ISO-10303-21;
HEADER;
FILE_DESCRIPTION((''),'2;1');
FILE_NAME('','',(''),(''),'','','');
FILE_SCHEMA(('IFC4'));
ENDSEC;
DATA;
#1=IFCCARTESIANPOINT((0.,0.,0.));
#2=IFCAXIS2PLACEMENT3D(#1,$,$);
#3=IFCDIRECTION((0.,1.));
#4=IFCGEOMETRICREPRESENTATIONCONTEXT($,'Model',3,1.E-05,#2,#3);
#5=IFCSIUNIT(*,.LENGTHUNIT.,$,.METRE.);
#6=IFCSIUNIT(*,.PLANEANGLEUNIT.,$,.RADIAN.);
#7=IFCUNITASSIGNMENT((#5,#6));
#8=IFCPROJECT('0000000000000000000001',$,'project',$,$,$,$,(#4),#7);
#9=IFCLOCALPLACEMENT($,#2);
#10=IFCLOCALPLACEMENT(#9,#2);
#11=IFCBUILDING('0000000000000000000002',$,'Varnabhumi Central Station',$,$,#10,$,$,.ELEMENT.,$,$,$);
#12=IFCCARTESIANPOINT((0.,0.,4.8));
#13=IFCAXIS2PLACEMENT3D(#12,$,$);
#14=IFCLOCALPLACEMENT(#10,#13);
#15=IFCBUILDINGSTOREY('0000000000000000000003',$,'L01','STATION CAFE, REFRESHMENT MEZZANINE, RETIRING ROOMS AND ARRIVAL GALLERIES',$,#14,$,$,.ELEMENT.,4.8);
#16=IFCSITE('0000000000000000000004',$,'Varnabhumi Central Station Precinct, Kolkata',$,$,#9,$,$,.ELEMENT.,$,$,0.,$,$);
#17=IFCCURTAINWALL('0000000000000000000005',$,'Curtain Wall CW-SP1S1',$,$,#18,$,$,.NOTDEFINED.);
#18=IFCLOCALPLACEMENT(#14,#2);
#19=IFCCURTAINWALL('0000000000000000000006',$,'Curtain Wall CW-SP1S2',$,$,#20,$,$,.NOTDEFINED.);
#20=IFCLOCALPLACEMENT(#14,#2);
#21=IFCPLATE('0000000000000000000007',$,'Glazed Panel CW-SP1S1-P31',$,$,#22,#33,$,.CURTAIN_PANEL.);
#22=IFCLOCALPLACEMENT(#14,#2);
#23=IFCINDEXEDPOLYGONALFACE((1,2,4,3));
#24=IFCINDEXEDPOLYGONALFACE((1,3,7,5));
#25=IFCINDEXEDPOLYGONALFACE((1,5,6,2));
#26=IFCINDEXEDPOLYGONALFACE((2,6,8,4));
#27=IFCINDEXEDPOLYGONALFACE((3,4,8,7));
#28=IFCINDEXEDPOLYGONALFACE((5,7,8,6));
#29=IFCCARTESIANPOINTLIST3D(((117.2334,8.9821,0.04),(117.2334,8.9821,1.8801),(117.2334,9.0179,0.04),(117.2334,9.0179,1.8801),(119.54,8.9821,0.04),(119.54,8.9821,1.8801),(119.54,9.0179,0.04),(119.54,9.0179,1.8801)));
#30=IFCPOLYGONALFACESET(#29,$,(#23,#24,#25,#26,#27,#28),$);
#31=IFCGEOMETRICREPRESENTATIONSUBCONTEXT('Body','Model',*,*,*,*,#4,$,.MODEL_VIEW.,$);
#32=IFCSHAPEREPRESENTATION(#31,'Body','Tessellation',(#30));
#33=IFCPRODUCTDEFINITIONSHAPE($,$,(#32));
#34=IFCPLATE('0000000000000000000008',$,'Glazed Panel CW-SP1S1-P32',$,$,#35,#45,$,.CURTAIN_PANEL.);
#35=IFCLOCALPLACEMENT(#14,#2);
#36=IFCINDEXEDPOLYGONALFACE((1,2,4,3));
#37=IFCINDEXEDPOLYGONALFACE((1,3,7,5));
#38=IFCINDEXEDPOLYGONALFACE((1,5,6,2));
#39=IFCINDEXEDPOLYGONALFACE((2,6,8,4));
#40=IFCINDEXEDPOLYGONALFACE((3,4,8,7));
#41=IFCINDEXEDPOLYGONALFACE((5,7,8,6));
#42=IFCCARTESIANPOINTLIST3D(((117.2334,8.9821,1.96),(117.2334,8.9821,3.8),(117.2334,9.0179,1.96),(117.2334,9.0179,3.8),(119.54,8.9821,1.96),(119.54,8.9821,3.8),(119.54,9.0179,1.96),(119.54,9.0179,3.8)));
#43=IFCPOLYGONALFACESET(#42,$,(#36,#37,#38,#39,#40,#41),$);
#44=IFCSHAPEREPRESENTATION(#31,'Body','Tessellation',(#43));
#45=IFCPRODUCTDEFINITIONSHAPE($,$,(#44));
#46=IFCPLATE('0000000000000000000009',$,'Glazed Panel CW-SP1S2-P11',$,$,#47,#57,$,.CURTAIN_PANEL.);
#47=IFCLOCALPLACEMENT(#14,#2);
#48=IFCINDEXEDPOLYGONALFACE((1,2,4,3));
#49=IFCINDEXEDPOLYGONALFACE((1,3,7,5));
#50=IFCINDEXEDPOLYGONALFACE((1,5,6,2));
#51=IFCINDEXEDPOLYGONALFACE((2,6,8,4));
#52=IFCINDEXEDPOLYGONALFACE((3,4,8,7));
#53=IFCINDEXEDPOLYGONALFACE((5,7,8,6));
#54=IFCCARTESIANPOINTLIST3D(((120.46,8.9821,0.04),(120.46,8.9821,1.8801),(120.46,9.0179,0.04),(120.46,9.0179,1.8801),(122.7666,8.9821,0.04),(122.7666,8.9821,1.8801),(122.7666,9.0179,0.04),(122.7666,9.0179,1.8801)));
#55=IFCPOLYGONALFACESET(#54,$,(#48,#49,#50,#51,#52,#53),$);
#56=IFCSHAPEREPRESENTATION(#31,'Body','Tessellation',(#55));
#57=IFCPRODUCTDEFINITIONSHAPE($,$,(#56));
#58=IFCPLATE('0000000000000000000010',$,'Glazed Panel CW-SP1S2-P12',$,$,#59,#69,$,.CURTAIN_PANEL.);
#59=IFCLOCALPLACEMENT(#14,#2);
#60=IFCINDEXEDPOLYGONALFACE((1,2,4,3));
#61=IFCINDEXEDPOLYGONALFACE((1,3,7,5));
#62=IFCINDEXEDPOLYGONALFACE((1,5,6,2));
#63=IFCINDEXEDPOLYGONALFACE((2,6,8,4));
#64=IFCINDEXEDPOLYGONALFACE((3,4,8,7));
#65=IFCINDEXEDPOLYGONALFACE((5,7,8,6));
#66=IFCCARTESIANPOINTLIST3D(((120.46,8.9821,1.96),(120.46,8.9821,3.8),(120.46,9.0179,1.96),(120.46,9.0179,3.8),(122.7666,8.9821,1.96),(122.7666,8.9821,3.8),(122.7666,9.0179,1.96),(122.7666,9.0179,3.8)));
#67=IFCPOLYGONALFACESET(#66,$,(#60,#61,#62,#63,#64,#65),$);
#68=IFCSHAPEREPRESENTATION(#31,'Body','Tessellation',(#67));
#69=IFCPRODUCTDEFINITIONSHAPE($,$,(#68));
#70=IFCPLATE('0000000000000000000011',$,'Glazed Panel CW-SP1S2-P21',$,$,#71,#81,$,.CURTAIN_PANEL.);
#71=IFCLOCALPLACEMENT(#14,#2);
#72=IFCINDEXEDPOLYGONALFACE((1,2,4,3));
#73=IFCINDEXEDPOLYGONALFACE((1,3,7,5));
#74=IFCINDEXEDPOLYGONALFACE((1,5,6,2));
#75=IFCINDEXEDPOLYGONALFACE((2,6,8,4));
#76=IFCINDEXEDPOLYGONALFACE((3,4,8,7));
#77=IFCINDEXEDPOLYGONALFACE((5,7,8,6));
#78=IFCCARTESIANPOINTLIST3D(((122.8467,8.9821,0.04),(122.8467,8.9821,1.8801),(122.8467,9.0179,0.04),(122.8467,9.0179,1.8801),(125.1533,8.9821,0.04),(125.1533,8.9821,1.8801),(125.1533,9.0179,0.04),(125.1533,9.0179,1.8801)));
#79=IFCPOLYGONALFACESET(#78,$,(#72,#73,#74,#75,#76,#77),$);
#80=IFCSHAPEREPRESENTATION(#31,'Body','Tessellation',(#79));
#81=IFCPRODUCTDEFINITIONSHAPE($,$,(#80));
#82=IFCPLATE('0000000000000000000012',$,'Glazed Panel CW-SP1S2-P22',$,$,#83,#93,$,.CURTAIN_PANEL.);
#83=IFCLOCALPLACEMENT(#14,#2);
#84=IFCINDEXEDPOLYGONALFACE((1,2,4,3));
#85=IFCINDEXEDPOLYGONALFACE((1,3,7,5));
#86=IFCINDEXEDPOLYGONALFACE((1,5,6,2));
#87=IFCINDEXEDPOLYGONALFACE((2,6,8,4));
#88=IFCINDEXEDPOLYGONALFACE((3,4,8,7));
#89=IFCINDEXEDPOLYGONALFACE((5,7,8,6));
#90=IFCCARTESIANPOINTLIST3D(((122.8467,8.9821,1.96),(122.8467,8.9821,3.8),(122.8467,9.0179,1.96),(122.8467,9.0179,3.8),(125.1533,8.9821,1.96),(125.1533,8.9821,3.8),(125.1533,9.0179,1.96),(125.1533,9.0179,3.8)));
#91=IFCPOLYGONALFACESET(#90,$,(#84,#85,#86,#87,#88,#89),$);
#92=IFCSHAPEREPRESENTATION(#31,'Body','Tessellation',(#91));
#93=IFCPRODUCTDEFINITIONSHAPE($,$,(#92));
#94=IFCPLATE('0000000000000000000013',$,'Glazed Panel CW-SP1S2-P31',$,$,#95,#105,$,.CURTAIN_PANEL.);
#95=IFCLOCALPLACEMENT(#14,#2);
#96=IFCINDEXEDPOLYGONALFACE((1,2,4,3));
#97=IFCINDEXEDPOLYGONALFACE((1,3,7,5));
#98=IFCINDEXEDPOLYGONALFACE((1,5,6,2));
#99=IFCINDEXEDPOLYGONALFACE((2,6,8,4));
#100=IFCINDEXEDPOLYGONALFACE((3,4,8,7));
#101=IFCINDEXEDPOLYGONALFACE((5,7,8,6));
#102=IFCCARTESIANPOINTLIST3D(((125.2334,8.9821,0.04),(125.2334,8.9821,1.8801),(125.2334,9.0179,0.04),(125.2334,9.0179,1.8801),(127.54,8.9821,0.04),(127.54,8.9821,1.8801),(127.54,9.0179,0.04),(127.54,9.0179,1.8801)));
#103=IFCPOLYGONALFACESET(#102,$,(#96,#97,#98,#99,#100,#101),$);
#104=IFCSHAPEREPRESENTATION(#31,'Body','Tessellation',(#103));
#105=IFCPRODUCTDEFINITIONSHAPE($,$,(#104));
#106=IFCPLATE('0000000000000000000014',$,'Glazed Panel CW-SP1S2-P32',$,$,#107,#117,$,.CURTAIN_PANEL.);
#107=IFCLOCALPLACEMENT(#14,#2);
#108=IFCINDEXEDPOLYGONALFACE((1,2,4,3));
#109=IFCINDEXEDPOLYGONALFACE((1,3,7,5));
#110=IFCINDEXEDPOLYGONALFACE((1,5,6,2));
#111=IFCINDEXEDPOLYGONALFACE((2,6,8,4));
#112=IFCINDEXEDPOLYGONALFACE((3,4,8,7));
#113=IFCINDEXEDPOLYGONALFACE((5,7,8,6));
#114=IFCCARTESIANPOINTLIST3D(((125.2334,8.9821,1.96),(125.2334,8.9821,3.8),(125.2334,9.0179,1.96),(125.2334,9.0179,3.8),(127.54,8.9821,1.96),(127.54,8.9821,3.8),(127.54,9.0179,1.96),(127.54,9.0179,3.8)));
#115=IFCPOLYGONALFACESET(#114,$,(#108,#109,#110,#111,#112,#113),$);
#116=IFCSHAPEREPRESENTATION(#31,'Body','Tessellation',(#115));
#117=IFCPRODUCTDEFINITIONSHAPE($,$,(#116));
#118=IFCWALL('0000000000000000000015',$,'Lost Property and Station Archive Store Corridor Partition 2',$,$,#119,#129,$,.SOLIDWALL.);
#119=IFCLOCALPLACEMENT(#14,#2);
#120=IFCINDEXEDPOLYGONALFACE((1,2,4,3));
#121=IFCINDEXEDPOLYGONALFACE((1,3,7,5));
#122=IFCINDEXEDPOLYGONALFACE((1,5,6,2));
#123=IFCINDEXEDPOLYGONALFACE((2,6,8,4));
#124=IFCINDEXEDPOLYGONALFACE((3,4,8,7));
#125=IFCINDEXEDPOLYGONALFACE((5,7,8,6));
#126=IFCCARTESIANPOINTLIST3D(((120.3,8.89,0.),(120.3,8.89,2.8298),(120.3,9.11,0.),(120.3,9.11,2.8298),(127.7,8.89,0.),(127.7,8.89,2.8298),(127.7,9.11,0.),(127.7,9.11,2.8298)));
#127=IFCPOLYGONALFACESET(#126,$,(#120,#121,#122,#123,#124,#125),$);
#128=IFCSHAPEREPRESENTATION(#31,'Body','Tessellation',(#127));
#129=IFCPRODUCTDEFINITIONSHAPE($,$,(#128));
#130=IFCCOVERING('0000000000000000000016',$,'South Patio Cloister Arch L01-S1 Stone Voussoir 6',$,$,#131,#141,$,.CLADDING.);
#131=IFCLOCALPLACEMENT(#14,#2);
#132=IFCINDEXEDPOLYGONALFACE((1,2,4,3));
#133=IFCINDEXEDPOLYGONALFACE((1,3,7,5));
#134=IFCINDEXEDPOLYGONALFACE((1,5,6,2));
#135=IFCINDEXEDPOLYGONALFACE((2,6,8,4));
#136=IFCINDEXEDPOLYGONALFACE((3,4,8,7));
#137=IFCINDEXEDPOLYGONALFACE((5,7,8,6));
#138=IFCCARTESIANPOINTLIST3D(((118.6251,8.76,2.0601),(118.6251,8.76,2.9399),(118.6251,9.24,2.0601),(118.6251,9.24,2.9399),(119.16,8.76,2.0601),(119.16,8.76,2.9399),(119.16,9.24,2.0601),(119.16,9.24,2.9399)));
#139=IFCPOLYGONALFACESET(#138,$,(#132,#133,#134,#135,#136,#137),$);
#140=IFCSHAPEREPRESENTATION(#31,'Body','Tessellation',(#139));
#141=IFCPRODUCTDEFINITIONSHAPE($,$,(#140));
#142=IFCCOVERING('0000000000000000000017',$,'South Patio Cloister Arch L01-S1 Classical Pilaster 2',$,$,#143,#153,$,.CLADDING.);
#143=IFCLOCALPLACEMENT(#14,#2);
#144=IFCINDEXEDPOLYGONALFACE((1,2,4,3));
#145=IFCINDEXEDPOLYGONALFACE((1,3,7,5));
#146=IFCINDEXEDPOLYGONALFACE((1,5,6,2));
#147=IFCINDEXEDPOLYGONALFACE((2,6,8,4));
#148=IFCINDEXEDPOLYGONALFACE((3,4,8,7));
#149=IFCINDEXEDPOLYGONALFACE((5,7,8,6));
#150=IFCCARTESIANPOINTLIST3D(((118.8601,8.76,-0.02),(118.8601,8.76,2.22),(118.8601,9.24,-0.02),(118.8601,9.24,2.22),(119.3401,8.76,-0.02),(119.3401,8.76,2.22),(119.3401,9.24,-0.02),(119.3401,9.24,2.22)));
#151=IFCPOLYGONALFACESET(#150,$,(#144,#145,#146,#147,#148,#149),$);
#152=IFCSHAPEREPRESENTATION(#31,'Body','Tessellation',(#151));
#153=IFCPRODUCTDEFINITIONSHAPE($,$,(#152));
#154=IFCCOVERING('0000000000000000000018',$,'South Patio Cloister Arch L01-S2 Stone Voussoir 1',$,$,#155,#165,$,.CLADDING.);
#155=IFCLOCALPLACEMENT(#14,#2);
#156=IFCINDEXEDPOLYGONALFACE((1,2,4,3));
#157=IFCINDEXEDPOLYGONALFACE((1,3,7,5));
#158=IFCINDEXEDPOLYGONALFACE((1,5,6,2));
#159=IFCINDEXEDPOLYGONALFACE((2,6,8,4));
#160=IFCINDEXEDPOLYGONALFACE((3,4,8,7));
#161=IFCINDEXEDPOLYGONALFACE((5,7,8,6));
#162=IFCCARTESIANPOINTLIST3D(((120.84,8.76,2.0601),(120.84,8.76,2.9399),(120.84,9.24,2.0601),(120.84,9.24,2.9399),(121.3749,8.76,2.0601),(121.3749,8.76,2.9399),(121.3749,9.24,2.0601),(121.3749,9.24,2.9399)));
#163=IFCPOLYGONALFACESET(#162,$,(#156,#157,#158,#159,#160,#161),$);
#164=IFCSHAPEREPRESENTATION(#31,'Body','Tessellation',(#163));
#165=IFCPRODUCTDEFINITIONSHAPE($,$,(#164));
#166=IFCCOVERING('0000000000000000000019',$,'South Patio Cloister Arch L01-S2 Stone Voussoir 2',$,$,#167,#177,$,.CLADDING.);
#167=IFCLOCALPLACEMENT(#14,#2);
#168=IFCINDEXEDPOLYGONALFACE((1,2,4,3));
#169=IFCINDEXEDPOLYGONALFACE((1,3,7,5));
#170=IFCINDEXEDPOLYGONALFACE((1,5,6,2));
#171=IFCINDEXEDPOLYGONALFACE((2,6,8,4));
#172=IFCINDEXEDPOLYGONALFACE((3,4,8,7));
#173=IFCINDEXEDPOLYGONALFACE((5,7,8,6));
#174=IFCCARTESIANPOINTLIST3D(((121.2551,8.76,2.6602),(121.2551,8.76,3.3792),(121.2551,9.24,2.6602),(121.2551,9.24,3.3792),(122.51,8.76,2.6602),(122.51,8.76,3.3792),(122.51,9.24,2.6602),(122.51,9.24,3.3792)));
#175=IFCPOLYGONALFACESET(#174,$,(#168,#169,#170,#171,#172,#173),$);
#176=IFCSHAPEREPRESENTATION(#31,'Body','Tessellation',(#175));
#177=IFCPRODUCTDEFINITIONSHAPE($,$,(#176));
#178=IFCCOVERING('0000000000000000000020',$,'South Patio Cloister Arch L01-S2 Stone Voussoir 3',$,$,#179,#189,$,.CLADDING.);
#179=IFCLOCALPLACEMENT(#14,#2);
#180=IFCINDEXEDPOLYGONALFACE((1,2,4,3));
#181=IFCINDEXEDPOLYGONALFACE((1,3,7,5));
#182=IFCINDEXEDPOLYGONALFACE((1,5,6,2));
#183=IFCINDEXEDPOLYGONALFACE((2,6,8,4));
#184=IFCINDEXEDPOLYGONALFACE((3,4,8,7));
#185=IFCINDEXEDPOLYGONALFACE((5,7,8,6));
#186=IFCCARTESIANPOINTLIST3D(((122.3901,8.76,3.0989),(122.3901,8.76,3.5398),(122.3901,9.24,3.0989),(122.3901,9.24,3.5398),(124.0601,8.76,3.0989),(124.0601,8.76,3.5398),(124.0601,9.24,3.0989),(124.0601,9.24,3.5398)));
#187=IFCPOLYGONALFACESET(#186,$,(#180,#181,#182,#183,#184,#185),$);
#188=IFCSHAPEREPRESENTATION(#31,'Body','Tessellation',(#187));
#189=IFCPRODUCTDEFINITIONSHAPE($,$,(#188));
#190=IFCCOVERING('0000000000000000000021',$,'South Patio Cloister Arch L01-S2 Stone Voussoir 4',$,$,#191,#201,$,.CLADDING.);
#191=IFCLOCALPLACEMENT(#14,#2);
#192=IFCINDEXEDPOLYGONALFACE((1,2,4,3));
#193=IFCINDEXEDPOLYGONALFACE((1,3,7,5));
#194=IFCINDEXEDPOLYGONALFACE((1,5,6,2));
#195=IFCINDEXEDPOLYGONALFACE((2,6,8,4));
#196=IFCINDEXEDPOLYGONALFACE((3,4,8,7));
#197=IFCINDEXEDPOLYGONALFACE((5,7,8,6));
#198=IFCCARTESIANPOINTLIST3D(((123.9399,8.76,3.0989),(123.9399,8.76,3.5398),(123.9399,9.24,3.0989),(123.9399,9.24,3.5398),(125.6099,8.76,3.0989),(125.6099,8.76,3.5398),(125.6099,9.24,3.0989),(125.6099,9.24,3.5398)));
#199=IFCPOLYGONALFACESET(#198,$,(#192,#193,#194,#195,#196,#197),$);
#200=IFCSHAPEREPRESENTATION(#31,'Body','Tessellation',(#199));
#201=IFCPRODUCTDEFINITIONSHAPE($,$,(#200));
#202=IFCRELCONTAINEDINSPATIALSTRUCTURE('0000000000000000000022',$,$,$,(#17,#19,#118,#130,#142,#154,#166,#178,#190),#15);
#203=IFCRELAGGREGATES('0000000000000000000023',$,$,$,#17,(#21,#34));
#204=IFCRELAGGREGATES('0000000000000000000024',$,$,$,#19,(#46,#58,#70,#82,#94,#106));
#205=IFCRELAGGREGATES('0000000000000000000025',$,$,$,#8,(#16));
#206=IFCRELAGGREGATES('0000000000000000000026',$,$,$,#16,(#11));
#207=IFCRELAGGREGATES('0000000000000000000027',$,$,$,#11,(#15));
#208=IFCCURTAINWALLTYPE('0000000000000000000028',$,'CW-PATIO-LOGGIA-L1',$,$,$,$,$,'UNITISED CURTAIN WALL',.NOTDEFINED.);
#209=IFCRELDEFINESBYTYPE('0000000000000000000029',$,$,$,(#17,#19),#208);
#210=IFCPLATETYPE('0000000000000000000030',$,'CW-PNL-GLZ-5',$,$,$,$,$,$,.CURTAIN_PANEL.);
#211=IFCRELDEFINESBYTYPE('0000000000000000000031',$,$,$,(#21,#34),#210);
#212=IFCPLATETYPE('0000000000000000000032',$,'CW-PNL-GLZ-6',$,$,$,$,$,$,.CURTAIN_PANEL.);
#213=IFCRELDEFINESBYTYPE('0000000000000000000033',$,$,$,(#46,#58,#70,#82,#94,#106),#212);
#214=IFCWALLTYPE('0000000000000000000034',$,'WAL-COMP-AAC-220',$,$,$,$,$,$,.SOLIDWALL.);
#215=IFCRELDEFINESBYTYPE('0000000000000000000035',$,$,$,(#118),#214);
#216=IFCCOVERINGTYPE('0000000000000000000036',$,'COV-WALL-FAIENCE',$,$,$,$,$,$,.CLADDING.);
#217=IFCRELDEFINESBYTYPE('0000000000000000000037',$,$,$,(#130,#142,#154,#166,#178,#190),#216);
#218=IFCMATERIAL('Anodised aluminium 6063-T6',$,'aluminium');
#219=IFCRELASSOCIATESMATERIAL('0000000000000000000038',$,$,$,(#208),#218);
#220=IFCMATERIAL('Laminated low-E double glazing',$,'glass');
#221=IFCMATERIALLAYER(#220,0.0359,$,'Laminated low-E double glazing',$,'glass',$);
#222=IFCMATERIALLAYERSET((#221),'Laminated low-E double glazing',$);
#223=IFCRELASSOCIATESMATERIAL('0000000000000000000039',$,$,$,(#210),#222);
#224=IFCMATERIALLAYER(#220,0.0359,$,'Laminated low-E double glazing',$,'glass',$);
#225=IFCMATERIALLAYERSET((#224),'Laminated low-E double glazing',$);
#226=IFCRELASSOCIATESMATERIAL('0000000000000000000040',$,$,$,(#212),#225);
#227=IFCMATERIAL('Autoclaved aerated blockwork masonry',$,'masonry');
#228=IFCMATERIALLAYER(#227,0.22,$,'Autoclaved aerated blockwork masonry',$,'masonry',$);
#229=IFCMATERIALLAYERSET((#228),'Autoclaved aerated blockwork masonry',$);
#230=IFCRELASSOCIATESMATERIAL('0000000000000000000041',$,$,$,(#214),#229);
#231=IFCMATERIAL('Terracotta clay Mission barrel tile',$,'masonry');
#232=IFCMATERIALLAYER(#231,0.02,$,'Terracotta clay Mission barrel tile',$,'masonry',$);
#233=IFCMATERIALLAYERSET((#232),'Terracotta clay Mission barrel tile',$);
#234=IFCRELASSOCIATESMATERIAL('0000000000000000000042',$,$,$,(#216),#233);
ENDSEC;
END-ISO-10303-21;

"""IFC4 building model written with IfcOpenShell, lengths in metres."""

from ifc_helpers import new_model, si_unit, direction, frame, frame_2d, origin, origin_2d, place, context, subcontext, project, spatial, rectangle, extrude, material, layer, layer_set, type_object, element, aggregate, save


model = new_model("IFC4")

# Units and contexts
model_context = context("Model", 3, precision=1e-05, world=origin(), true_north=direction((0.0, 1.0)))
body_context = subcontext(model_context, "Body", "Model", "MODEL_VIEW")
ifc_project = project(units=[si_unit("LENGTHUNIT", "METRE"), si_unit("PLANEANGLEUNIT", "RADIAN")], contexts=[model_context])

# Site, building, storey
site_placement = place(None, origin())
site = spatial("IfcSite", under=ifc_project, at=site_placement, Name="Varnabhumi Central Station Precinct, Kolkata", CompositionType="ELEMENT", RefElevation=0.0)
building_placement = place(site_placement, origin())
building = spatial("IfcBuilding", under=site, at=building_placement, Name="Varnabhumi Central Station", CompositionType="ELEMENT")
storey_placement = place(building_placement, frame((0.0, 0.0, 4.8)))
storey = spatial("IfcBuildingStorey", under=building, at=storey_placement, Name="L01", Description="STATION CAFE, REFRESHMENT MEZZANINE, RETIRING ROOMS AND ARRIVAL GALLERIES", CompositionType="ELEMENT", Elevation=4.8)

# Curtain wall
ifc_material_1 = material(Name="Anodised aluminium 6063-T6", Category="aluminium")
curtain_wall_type = type_object("IfcCurtainWallType", Name="CW-PATIO-LOGGIA-L1", ElementType="UNITISED CURTAIN WALL", PredefinedType="NOTDEFINED", material=ifc_material_1)
curtain_wall_1_placement = place(storey_placement, origin())
curtain_wall_1 = element("IfcCurtainWall", 1, at=curtain_wall_1_placement, inside=storey, type_object=curtain_wall_type, Name="Curtain Wall CW-SP1S1", PredefinedType="NOTDEFINED")

# Curtain wall
curtain_wall_2_placement = place(storey_placement, origin())
curtain_wall_2 = element("IfcCurtainWall", 2, at=curtain_wall_2_placement, inside=storey, type_object=curtain_wall_type, Name="Curtain Wall CW-SP1S2", PredefinedType="NOTDEFINED")

# Plates
ifc_material_2 = material(Name="Laminated low-E double glazing", Category="glass")
ifc_layer_1 = layer(ifc_material_2, 0.0359, Name="Laminated low-E double glazing", Category="glass")
ifc_layer_set_1 = layer_set([ifc_layer_1], Name="Laminated low-E double glazing")
plate_type_1 = type_object("IfcPlateType", Name="CW-PNL-GLZ-5", PredefinedType="CURTAIN_PANEL", material=ifc_layer_set_1)
plate_1_placement = place(storey_placement, frame((118.3867, 9.0, 0.04), z_axis=(0.0, 0.0, 1.0), x_axis=(1.0, 0.0, 0.0)))
plate_1 = element("IfcPlate", 3, at=plate_1_placement, type_object=plate_type_1, Name="Glazed Panel CW-SP1S1-P31", PredefinedType="CURTAIN_PANEL", context=body_context, shape_type="SweptSolid", body=[
    extrude(rectangle(XDim=2.3066, YDim=0.0359, at=origin_2d()), origin(), (0.0, 0.0, 1.0), 1.8401),
])
plate_2_placement = place(storey_placement, frame((118.3867, 9.0, 1.96), z_axis=(0.0, 0.0, 1.0), x_axis=(1.0, 0.0, 0.0)))
plate_2 = element("IfcPlate", 4, at=plate_2_placement, type_object=plate_type_1, Name="Glazed Panel CW-SP1S1-P32", PredefinedType="CURTAIN_PANEL", context=body_context, shape_type="SweptSolid", body=[
    extrude(rectangle(XDim=2.3066, YDim=0.0359, at=origin_2d()), origin(), (0.0, 0.0, 1.0), 1.8401),
])
aggregate(curtain_wall_1, [plate_1, plate_2])
ifc_layer_2 = layer(ifc_material_2, 0.0359, Name="Laminated low-E double glazing", Category="glass")
ifc_layer_set_2 = layer_set([ifc_layer_2], Name="Laminated low-E double glazing")
plate_type_2 = type_object("IfcPlateType", Name="CW-PNL-GLZ-6", PredefinedType="CURTAIN_PANEL", material=ifc_layer_set_2)
plate_3_placement = place(storey_placement, frame((121.6133, 9.0, 0.04), z_axis=(0.0, 0.0, 1.0), x_axis=(1.0, 0.0, 0.0)))
plate_3 = element("IfcPlate", 5, at=plate_3_placement, type_object=plate_type_2, Name="Glazed Panel CW-SP1S2-P11", PredefinedType="CURTAIN_PANEL", context=body_context, shape_type="SweptSolid", body=[
    extrude(rectangle(XDim=2.3066, YDim=0.0359, at=origin_2d()), origin(), (0.0, 0.0, 1.0), 1.8401),
])
plate_4_placement = place(storey_placement, frame((121.6133, 9.0, 1.96), z_axis=(0.0, 0.0, 1.0), x_axis=(1.0, 0.0, 0.0)))
plate_4 = element("IfcPlate", 6, at=plate_4_placement, type_object=plate_type_2, Name="Glazed Panel CW-SP1S2-P12", PredefinedType="CURTAIN_PANEL", context=body_context, shape_type="SweptSolid", body=[
    extrude(rectangle(XDim=2.3066, YDim=0.0359, at=origin_2d()), origin(), (0.0, 0.0, 1.0), 1.8401),
])
plate_5_placement = place(storey_placement, frame((124.0, 9.0, 0.04), z_axis=(0.0, 0.0, 1.0), x_axis=(1.0, 0.0, 0.0)))
plate_5 = element("IfcPlate", 7, at=plate_5_placement, type_object=plate_type_2, Name="Glazed Panel CW-SP1S2-P21", PredefinedType="CURTAIN_PANEL", context=body_context, shape_type="SweptSolid", body=[
    extrude(rectangle(XDim=2.3066, YDim=0.0359, at=origin_2d()), origin(), (0.0, 0.0, 1.0), 1.8401),
])
plate_6_placement = place(storey_placement, frame((124.0, 9.0, 1.96), z_axis=(0.0, 0.0, 1.0), x_axis=(1.0, 0.0, 0.0)))
plate_6 = element("IfcPlate", 8, at=plate_6_placement, type_object=plate_type_2, Name="Glazed Panel CW-SP1S2-P22", PredefinedType="CURTAIN_PANEL", context=body_context, shape_type="SweptSolid", body=[
    extrude(rectangle(XDim=2.3066, YDim=0.0359, at=origin_2d()), origin(), (0.0, 0.0, 1.0), 1.8401),
])
plate_7_placement = place(storey_placement, frame((126.3867, 9.0, 0.04), z_axis=(0.0, 0.0, 1.0), x_axis=(1.0, 0.0, 0.0)))
plate_7 = element("IfcPlate", 9, at=plate_7_placement, type_object=plate_type_2, Name="Glazed Panel CW-SP1S2-P31", PredefinedType="CURTAIN_PANEL", context=body_context, shape_type="SweptSolid", body=[
    extrude(rectangle(XDim=2.3066, YDim=0.0359, at=origin_2d()), origin(), (0.0, 0.0, 1.0), 1.8401),
])
plate_8_placement = place(storey_placement, frame((126.3867, 9.0, 1.96), z_axis=(0.0, 0.0, 1.0), x_axis=(1.0, 0.0, 0.0)))
plate_8 = element("IfcPlate", 10, at=plate_8_placement, type_object=plate_type_2, Name="Glazed Panel CW-SP1S2-P32", PredefinedType="CURTAIN_PANEL", context=body_context, shape_type="SweptSolid", body=[
    extrude(rectangle(XDim=2.3066, YDim=0.0359, at=origin_2d()), origin(), (0.0, 0.0, 1.0), 1.8401),
])
aggregate(curtain_wall_2, [plate_3, plate_4, plate_5, plate_6, plate_7, plate_8])

# Wall
ifc_material_3 = material(Name="Autoclaved aerated blockwork masonry", Category="masonry")
ifc_layer_3 = layer(ifc_material_3, 0.22, Name="Autoclaved aerated blockwork masonry", Category="masonry")
ifc_layer_set_3 = layer_set([ifc_layer_3], Name="Autoclaved aerated blockwork masonry")
wall_type = type_object("IfcWallType", Name="WAL-COMP-AAC-220", PredefinedType="SOLIDWALL", material=ifc_layer_set_3)
wall_placement = place(storey_placement, frame((120.3, 9.0, 0.0), z_axis=(0.0, 0.0, 1.0), x_axis=(1.0, 0.0, 0.0)))
element("IfcWall", 11, at=wall_placement, inside=storey, type_object=wall_type, Name="Lost Property and Station Archive Store Corridor Partition 2", PredefinedType="SOLIDWALL", context=body_context, shape_type="SweptSolid", body=[
    extrude(rectangle(XDim=7.3999, YDim=0.22, at=frame_2d((3.7, 0.0))), origin(), (0.0, 0.0, 1.0), 2.8298),
])

# Coverings
ifc_material_4 = material(Name="Terracotta clay Mission barrel tile", Category="masonry")
ifc_layer_4 = layer(ifc_material_4, 0.02, Name="Terracotta clay Mission barrel tile", Category="masonry")
ifc_layer_set_4 = layer_set([ifc_layer_4], Name="Terracotta clay Mission barrel tile")
covering_type = type_object("IfcCoveringType", Name="COV-WALL-FAIENCE", PredefinedType="CLADDING", material=ifc_layer_set_4)
covering_1_placement = place(storey_placement, frame((118.8926, 9.0, 2.0601), z_axis=(0.0, 0.0, 1.0), x_axis=(1.0, 0.0, 0.0)))
element("IfcCovering", 12, at=covering_1_placement, inside=storey, type_object=covering_type, Name="South Patio Cloister Arch L01-S1 Stone Voussoir 6", PredefinedType="CLADDING", context=body_context, shape_type="SweptSolid", body=[
    extrude(rectangle(XDim=0.5349, YDim=0.48, at=origin_2d()), origin(), (0.0, 0.0, 1.0), 0.8799),
])
covering_2_placement = place(storey_placement, frame((119.1001, 9.0, -0.02), z_axis=(0.0, 0.0, 1.0), x_axis=(1.0, 0.0, 0.0)))
element("IfcCovering", 13, at=covering_2_placement, inside=storey, type_object=covering_type, Name="South Patio Cloister Arch L01-S1 Classical Pilaster 2", PredefinedType="CLADDING", context=body_context, shape_type="SweptSolid", body=[
    extrude(rectangle(XDim=0.48, YDim=0.48, at=origin_2d()), origin(), (0.0, 0.0, 1.0), 2.24),
])
covering_3_placement = place(storey_placement, frame((121.1074, 9.0, 2.0601), z_axis=(0.0, 0.0, 1.0), x_axis=(1.0, 0.0, 0.0)))
element("IfcCovering", 14, at=covering_3_placement, inside=storey, type_object=covering_type, Name="South Patio Cloister Arch L01-S2 Stone Voussoir 1", PredefinedType="CLADDING", context=body_context, shape_type="SweptSolid", body=[
    extrude(rectangle(XDim=0.5349, YDim=0.48, at=origin_2d()), origin(), (0.0, 0.0, 1.0), 0.8799),
])
covering_4_placement = place(storey_placement, frame((121.8826, 9.0, 2.6602), z_axis=(0.0, 0.0, 1.0), x_axis=(1.0, 0.0, 0.0)))
element("IfcCovering", 15, at=covering_4_placement, inside=storey, type_object=covering_type, Name="South Patio Cloister Arch L01-S2 Stone Voussoir 2", PredefinedType="CLADDING", context=body_context, shape_type="SweptSolid", body=[
    extrude(rectangle(XDim=1.2549, YDim=0.48, at=origin_2d()), origin(), (0.0, 0.0, 1.0), 0.719),
])
for number, where, z_axis, x_axis, name in (
    (16, (123.2251, 9.0, 3.0989), (0.0, 0.0, 1.0), (1.0, 0.0, 0.0), "South Patio Cloister Arch L01-S2 Stone Voussoir 3"),
    (17, (124.7749, 9.0, 3.0989), (0.0, 0.0, 1.0), (1.0, 0.0, 0.0), "South Patio Cloister Arch L01-S2 Stone Voussoir 4"),
):
    element("IfcCovering", number, at=place(storey_placement, frame(where, z_axis=z_axis, x_axis=x_axis)), inside=storey, type_object=covering_type, Name=name, PredefinedType="CLADDING", context=body_context, shape_type="SweptSolid", body=[
        extrude(rectangle(XDim=1.6699, YDim=0.48, at=origin_2d()), origin(), (0.0, 0.0, 1.0), 0.4409),
    ])

save(model, "model.ifc")
